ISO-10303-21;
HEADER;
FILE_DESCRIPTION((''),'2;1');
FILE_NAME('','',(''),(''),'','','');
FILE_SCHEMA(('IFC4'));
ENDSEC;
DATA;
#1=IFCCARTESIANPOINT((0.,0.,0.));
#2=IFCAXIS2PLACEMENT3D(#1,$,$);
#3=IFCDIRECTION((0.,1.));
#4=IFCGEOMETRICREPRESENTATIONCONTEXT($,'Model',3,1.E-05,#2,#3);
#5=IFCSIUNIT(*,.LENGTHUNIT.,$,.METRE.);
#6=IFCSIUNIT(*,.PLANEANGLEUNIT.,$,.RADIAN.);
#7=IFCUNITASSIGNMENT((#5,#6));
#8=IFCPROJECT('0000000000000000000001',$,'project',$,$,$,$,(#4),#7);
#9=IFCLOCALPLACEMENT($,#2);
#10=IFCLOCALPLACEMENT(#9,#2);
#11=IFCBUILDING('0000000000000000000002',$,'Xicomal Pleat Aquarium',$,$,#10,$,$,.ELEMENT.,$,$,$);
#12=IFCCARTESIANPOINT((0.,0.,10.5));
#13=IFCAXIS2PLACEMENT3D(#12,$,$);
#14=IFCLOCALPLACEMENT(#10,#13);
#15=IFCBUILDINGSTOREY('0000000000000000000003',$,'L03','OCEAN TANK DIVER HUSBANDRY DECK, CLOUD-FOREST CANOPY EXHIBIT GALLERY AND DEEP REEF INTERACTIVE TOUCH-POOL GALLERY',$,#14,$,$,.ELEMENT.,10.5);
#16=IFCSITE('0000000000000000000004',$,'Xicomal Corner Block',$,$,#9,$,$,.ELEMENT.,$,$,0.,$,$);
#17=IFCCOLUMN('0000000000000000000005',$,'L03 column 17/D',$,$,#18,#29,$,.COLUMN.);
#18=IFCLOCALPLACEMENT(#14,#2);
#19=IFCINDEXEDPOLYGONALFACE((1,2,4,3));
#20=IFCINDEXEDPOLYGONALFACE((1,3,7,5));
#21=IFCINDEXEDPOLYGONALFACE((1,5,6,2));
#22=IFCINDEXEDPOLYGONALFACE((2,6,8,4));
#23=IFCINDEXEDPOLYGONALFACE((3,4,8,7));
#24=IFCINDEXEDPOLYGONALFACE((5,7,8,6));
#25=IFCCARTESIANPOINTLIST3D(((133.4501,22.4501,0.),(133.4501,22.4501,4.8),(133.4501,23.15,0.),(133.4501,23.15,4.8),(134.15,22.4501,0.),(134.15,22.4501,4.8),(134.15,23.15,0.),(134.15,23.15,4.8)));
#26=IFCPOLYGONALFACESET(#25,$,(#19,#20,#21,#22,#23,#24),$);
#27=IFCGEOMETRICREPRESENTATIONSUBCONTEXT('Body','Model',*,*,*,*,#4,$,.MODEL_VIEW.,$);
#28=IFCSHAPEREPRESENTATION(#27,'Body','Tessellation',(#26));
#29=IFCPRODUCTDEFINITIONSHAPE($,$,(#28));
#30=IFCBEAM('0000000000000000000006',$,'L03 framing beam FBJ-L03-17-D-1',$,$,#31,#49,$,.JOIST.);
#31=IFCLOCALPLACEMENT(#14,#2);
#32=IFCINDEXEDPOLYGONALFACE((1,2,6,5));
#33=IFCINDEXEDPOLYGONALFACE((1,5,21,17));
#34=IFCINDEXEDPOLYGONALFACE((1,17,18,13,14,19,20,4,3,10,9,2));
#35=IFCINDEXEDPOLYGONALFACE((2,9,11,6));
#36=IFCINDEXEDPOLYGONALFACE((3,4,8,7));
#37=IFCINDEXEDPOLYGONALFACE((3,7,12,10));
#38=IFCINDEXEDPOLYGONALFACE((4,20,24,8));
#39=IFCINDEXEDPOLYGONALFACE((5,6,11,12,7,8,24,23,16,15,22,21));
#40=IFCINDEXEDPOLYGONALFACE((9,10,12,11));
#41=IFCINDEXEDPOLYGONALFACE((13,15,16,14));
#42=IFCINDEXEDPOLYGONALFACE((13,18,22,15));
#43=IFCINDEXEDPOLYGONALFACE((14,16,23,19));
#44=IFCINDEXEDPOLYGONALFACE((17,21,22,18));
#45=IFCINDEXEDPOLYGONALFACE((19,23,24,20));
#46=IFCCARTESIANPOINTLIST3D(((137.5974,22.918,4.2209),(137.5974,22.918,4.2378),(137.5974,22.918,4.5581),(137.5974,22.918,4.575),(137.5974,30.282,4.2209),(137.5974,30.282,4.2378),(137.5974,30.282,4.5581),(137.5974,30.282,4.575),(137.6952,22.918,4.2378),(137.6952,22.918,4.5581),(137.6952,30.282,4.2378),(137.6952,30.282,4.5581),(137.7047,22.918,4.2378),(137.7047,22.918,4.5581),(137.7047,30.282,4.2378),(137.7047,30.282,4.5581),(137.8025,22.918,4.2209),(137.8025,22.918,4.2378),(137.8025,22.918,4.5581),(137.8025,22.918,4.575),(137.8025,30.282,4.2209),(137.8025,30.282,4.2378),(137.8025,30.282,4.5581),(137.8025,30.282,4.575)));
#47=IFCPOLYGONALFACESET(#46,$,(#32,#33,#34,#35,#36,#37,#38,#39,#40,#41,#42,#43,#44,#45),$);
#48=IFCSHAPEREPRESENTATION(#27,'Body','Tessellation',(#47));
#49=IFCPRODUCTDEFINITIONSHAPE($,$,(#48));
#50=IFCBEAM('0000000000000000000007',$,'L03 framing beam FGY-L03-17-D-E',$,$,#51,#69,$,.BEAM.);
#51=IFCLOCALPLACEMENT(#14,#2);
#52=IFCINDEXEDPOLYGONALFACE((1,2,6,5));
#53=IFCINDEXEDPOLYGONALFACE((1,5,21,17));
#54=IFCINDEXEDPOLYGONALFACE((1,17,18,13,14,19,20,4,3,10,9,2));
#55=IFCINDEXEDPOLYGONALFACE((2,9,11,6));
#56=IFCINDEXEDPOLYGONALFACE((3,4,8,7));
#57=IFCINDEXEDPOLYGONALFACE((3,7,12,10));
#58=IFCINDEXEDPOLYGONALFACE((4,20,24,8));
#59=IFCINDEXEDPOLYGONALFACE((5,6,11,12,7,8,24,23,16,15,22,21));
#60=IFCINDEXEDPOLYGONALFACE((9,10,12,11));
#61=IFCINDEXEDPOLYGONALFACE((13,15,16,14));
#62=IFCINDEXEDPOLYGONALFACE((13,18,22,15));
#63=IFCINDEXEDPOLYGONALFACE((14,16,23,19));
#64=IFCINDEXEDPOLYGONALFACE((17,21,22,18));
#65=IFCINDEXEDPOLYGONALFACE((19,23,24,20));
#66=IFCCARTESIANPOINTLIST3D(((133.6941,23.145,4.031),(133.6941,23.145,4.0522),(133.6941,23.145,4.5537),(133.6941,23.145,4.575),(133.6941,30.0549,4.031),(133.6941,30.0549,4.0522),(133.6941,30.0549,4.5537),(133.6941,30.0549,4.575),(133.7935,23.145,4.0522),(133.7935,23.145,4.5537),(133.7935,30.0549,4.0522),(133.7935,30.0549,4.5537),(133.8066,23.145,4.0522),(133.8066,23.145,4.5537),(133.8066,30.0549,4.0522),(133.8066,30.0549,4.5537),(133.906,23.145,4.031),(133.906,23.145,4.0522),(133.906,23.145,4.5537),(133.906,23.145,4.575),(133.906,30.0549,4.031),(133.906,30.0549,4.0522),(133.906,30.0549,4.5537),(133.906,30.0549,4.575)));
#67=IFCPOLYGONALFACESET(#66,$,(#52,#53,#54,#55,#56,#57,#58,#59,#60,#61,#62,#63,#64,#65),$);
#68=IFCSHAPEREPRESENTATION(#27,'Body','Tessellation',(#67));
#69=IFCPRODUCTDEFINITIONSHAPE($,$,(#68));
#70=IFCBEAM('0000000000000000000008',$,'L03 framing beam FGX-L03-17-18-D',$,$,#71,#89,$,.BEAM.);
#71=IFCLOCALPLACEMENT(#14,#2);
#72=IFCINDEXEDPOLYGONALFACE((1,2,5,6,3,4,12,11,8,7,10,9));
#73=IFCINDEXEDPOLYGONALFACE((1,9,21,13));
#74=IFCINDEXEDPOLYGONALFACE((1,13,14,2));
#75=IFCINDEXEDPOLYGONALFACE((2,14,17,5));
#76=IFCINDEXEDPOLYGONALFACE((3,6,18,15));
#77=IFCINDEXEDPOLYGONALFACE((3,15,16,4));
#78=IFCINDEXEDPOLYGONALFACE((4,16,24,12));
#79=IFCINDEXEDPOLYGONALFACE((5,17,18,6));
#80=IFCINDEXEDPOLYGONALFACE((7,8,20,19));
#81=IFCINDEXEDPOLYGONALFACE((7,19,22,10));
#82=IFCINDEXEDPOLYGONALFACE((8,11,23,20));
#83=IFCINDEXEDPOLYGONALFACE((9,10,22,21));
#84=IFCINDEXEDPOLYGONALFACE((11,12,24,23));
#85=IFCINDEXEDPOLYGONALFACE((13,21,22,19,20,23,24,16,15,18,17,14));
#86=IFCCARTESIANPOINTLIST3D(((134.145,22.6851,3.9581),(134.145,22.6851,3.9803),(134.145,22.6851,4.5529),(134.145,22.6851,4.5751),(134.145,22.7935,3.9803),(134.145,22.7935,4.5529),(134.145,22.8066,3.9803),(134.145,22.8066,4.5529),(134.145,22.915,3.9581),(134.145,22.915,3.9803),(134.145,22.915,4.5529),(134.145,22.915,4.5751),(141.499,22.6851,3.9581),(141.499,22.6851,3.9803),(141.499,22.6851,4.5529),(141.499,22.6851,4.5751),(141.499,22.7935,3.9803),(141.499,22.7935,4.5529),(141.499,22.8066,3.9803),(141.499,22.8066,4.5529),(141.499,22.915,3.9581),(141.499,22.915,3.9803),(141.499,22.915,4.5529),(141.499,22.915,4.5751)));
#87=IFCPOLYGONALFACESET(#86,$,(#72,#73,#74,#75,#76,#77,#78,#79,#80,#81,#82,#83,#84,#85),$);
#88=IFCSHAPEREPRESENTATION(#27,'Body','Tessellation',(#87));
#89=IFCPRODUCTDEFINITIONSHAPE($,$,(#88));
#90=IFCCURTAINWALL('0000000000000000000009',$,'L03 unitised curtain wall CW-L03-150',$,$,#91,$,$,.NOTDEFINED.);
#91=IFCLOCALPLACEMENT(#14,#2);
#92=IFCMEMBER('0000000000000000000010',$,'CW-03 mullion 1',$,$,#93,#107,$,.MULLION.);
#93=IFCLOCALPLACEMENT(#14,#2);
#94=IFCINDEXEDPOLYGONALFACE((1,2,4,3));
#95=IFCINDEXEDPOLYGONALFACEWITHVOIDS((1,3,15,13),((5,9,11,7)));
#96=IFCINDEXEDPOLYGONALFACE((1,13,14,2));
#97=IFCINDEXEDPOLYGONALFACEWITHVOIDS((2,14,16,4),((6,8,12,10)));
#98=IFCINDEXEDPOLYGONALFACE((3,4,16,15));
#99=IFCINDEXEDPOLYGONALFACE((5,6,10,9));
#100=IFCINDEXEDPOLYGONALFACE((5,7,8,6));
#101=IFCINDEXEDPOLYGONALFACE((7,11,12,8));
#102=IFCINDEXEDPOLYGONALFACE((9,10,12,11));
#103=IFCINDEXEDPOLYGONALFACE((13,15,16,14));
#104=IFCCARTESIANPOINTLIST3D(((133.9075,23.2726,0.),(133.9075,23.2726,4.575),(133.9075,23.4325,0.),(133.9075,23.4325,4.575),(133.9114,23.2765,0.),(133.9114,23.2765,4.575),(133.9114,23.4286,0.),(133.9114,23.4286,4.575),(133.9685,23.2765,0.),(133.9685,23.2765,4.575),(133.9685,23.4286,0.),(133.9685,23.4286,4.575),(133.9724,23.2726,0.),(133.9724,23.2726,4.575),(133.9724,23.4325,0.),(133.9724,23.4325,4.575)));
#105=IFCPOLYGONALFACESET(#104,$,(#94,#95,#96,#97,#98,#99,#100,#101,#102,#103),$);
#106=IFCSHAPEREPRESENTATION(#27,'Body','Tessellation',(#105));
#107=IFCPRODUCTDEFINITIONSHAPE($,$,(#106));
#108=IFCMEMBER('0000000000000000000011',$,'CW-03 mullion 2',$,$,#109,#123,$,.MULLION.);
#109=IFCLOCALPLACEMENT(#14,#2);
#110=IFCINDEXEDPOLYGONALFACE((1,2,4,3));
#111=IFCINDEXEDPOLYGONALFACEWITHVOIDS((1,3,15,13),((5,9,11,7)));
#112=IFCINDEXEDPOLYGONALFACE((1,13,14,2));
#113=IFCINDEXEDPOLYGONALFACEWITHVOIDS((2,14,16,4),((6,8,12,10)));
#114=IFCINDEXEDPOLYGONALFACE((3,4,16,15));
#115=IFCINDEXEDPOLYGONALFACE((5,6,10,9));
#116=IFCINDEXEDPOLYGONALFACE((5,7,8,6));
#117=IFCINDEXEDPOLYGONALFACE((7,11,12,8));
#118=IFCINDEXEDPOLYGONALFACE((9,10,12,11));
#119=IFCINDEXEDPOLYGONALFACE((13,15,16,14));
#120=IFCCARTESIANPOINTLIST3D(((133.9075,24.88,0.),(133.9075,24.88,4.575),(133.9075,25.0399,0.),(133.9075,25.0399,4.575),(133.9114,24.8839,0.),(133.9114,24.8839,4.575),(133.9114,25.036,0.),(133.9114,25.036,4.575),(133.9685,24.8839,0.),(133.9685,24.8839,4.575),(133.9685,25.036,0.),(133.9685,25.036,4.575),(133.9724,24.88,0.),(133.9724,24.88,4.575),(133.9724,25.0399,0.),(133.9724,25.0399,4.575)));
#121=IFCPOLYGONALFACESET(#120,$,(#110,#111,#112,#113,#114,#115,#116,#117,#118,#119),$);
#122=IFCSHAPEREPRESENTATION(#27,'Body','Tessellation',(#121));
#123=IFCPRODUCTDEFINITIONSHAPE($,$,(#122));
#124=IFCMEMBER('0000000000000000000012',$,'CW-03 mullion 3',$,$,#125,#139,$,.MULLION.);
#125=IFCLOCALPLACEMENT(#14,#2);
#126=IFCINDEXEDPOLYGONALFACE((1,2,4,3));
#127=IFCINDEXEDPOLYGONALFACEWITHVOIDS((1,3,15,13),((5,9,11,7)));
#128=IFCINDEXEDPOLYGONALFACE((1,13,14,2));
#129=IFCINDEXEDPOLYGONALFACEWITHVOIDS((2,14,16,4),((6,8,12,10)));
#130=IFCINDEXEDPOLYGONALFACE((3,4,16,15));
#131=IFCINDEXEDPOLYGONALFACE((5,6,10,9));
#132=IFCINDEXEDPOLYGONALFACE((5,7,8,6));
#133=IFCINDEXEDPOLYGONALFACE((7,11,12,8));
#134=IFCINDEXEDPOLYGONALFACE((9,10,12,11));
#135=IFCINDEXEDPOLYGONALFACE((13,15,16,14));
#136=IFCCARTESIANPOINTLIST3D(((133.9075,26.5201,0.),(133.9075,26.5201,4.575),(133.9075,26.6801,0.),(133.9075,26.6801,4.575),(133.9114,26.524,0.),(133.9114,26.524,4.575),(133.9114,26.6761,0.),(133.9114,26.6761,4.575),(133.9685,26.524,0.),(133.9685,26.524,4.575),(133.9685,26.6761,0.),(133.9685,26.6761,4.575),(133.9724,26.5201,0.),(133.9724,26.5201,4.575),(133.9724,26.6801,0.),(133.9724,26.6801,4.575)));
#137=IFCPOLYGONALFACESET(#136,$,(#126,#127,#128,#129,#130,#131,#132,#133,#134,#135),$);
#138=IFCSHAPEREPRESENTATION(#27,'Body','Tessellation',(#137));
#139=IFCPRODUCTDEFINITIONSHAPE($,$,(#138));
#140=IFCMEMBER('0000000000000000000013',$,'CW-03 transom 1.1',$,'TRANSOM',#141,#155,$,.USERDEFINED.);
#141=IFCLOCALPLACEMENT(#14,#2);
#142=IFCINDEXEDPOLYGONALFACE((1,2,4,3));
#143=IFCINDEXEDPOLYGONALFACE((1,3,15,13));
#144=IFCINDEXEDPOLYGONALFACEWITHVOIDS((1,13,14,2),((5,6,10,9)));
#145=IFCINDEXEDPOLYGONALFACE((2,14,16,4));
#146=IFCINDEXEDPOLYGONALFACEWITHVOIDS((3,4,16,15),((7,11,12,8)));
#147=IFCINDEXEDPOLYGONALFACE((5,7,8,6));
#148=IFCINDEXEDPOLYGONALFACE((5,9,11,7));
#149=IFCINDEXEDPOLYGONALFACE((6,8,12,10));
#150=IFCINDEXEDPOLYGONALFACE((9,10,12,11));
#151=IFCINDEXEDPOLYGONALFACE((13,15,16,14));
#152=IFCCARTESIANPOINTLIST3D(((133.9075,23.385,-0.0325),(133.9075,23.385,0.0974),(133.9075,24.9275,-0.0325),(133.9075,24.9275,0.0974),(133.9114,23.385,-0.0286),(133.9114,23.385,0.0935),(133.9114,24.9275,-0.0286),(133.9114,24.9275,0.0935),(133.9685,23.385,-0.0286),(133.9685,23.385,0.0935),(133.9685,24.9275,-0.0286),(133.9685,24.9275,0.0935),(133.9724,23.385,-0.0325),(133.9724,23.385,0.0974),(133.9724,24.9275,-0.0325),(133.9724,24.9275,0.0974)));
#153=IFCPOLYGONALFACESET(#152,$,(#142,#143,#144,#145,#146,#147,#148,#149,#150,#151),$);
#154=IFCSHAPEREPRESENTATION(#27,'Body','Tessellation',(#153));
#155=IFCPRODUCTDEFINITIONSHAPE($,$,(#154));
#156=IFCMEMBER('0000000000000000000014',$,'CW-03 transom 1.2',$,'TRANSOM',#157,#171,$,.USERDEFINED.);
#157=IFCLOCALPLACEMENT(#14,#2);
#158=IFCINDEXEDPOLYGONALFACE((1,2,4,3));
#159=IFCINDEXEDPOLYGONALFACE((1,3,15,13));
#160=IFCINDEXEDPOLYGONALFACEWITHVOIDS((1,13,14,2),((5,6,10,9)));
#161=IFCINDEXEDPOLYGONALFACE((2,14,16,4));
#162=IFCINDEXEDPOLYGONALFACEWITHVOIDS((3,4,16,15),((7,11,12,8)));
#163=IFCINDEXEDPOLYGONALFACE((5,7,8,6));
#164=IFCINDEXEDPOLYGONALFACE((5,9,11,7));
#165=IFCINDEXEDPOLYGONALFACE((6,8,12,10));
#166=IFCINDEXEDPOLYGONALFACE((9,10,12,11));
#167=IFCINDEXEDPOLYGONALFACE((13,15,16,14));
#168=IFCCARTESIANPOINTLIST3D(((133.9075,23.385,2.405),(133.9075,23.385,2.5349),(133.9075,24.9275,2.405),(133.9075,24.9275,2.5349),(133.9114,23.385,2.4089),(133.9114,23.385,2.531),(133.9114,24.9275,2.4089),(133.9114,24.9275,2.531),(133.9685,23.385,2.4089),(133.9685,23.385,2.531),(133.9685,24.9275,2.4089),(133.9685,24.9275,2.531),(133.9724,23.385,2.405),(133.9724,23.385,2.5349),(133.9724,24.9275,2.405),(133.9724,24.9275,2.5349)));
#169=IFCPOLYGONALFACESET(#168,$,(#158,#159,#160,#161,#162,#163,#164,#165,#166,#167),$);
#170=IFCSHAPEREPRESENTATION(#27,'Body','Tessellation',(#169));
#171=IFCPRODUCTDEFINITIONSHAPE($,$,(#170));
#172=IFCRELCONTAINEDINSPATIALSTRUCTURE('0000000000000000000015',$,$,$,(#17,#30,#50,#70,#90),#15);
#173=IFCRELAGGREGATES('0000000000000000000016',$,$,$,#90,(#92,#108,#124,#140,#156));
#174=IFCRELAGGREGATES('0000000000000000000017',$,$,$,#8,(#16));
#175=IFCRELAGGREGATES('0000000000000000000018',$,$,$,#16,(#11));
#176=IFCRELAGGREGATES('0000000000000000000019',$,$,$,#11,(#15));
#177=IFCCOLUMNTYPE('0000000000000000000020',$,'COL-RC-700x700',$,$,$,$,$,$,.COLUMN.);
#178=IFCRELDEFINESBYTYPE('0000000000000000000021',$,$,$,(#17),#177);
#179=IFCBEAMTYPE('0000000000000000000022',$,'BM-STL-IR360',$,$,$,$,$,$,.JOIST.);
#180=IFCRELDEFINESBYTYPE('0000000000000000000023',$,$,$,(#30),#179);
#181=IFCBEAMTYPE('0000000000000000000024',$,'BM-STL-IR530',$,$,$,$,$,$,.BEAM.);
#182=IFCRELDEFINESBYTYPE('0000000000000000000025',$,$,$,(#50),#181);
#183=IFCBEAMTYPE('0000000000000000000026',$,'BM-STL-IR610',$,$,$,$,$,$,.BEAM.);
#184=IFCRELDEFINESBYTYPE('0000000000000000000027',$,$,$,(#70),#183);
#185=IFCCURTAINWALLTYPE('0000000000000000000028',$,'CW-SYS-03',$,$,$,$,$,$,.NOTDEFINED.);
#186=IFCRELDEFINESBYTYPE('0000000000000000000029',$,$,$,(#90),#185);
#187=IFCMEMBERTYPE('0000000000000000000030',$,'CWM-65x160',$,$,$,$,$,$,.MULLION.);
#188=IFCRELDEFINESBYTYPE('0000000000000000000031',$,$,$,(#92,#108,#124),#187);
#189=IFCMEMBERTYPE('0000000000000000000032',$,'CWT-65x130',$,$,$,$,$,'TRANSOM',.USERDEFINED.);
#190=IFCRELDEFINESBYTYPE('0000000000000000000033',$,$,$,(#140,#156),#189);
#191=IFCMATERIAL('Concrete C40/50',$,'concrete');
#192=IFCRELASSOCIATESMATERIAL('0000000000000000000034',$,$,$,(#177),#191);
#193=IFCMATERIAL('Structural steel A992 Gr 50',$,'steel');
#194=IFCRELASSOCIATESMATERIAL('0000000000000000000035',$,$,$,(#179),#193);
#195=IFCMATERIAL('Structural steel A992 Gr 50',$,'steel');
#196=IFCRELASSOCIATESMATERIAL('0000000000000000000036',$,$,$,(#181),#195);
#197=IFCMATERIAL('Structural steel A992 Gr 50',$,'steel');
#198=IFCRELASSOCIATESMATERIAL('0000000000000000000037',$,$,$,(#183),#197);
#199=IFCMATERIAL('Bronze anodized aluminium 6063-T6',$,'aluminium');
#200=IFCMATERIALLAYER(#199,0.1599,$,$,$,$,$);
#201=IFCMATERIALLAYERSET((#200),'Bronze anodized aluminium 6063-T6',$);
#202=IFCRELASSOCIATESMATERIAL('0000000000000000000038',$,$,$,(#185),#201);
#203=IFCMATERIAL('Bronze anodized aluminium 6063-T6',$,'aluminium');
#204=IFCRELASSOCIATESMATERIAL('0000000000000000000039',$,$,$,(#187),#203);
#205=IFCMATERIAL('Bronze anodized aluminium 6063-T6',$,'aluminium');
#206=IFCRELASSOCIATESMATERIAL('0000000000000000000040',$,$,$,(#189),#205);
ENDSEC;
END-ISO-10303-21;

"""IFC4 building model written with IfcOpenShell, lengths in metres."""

from ifc_helpers import new_model, si_unit, direction, frame, origin, origin_2d, place, context, subcontext, project, spatial, rectangle, hollow_rectangle, i_section, extrude, material, layer, layer_set, material_profile, profile_set, type_object, element, aggregate, save


model = new_model("IFC4")

# Units and contexts
model_context = context("Model", 3, precision=1e-05, world=origin(), true_north=direction((0.0, 1.0)))
body_context = subcontext(model_context, "Body", "Model", "MODEL_VIEW")
ifc_project = project(units=[si_unit("LENGTHUNIT", "METRE"), si_unit("PLANEANGLEUNIT", "RADIAN")], contexts=[model_context])

# Site, building, storey
site_placement = place(None, origin())
site = spatial("IfcSite", under=ifc_project, at=site_placement, Name="Xicomal Corner Block", CompositionType="ELEMENT", RefElevation=0.0)
building_placement = place(site_placement, origin())
building = spatial("IfcBuilding", under=site, at=building_placement, Name="Xicomal Pleat Aquarium", CompositionType="ELEMENT")
storey_placement = place(building_placement, frame((0.0, 0.0, 10.5)))
storey = spatial("IfcBuildingStorey", under=building, at=storey_placement, Name="L03", Description="OCEAN TANK DIVER HUSBANDRY DECK, CLOUD-FOREST CANOPY EXHIBIT GALLERY AND DEEP REEF INTERACTIVE TOUCH-POOL GALLERY", CompositionType="ELEMENT", Elevation=10.5)

# Column
ifc_material_1 = material(Name="Concrete C40/50", Category="concrete")
ifc_material_profile_1 = material_profile(ifc_material_1, rectangle(XDim=0.7, YDim=0.7, at=origin_2d()), Name="RC 700x700")
ifc_profile_set_1 = profile_set([ifc_material_profile_1], Name="Concrete C40/50")
column_type = type_object("IfcColumnType", Name="COL-RC-700x700", PredefinedType="COLUMN", material=ifc_profile_set_1)
column_placement = place(storey_placement, frame((133.8, 22.8, 0.0), z_axis=(0.0, 0.0, 1.0), x_axis=(1.0, 0.0, 0.0)))
element("IfcColumn", 1, at=column_placement, inside=storey, type_object=column_type, Name="L03 column 17/D", PredefinedType="COLUMN", context=body_context, shape_type="SweptSolid", body=[
    extrude(rectangle(XDim=0.7, YDim=0.7, at=origin_2d()), origin(), (0.0, 0.0, 1.0), 4.8),
])

# Beams
ifc_material_2 = material(Name="Structural steel A992 Gr 50", Category="steel")
ifc_material_profile_2 = material_profile(ifc_material_2, i_section(OverallWidth=0.2051, OverallDepth=0.354, WebThickness=0.0095, FlangeThickness=0.0168, at=origin_2d()), Name="IR 360x79")
ifc_profile_set_2 = profile_set([ifc_material_profile_2], Name="Structural steel A992 Gr 50")
beam_type_1 = type_object("IfcBeamType", Name="BM-STL-IR360", PredefinedType="JOIST", material=ifc_profile_set_2)
beam_1_placement = place(storey_placement, frame((137.7, 22.918, 4.3979), z_axis=(0.0, 1.0, 0.0), x_axis=(-1.0, 0.0, 0.0)))
element("IfcBeam", 2, at=beam_1_placement, inside=storey, type_object=beam_type_1, Name="L03 framing beam FBJ-L03-17-D-1", PredefinedType="JOIST", context=body_context, shape_type="SweptSolid", body=[
    extrude(i_section(OverallWidth=0.2051, OverallDepth=0.354, WebThickness=0.0095, FlangeThickness=0.0168, at=origin_2d()), origin(), (0.0, 0.0, 1.0), 7.364),
])
ifc_material_3 = material(Name="Structural steel A992 Gr 50", Category="steel")
ifc_material_profile_3 = material_profile(ifc_material_3, i_section(OverallWidth=0.2119, OverallDepth=0.5439, WebThickness=0.0132, FlangeThickness=0.0212, at=origin_2d()), Name="IR 530x123")
ifc_profile_set_3 = profile_set([ifc_material_profile_3], Name="Structural steel A992 Gr 50")
beam_type_2 = type_object("IfcBeamType", Name="BM-STL-IR530", PredefinedType="BEAM", material=ifc_profile_set_3)
beam_2_placement = place(storey_placement, frame((133.8, 23.145, 4.303), z_axis=(0.0, 1.0, 0.0), x_axis=(-1.0, 0.0, 0.0)))
element("IfcBeam", 3, at=beam_2_placement, inside=storey, type_object=beam_type_2, Name="L03 framing beam FGY-L03-17-D-E", PredefinedType="BEAM", context=body_context, shape_type="SweptSolid", body=[
    extrude(i_section(OverallWidth=0.2119, OverallDepth=0.5439, WebThickness=0.0132, FlangeThickness=0.0212, at=origin_2d()), origin(), (0.0, 0.0, 1.0), 6.9099),
])
ifc_material_4 = material(Name="Structural steel A992 Gr 50", Category="steel")
ifc_material_profile_4 = material_profile(ifc_material_4, i_section(OverallWidth=0.23, OverallDepth=0.6169, WebThickness=0.0132, FlangeThickness=0.0222, at=origin_2d()), Name="IR 610x140")
ifc_profile_set_4 = profile_set([ifc_material_profile_4], Name="Structural steel A992 Gr 50")
beam_type_3 = type_object("IfcBeamType", Name="BM-STL-IR610", PredefinedType="BEAM", material=ifc_profile_set_4)
beam_3_placement = place(storey_placement, frame((134.145, 22.8, 4.2666), z_axis=(1.0, 0.0, 0.0), x_axis=(0.0, 1.0, 0.0)))
element("IfcBeam", 4, at=beam_3_placement, inside=storey, type_object=beam_type_3, Name="L03 framing beam FGX-L03-17-18-D", PredefinedType="BEAM", context=body_context, shape_type="SweptSolid", body=[
    extrude(i_section(OverallWidth=0.23, OverallDepth=0.6169, WebThickness=0.0132, FlangeThickness=0.0222, at=origin_2d()), origin(), (0.0, 0.0, 1.0), 7.354),
])

# Curtain wall, members
ifc_material_5 = material(Name="Bronze anodized aluminium 6063-T6", Category="aluminium")
ifc_layer_1 = layer(ifc_material_5, 0.1599)
ifc_layer_set_1 = layer_set([ifc_layer_1], Name="Bronze anodized aluminium 6063-T6")
curtain_wall_type = type_object("IfcCurtainWallType", Name="CW-SYS-03", PredefinedType="NOTDEFINED", material=ifc_layer_set_1)
curtain_wall_placement = place(storey_placement, origin())
curtain_wall = element("IfcCurtainWall", 5, at=curtain_wall_placement, inside=storey, type_object=curtain_wall_type, Name="L03 unitised curtain wall CW-L03-150", PredefinedType="NOTDEFINED")
ifc_material_6 = material(Name="Bronze anodized aluminium 6063-T6", Category="aluminium")
ifc_material_profile_5 = material_profile(ifc_material_6, hollow_rectangle(XDim=0.0649, YDim=0.1599, WallThickness=0.0039, at=origin_2d()), Name="ALU MULL 65x160")
ifc_profile_set_5 = profile_set([ifc_material_profile_5], Name="Bronze anodized aluminium 6063-T6")
member_type_1 = type_object("IfcMemberType", Name="CWM-65x160", PredefinedType="MULLION", material=ifc_profile_set_5)
member_1_placement = place(storey_placement, frame((133.9399, 23.3525, 0.0), z_axis=(0.0, 0.0, 1.0), x_axis=(-1.0, 0.0, 0.0)))
member_1 = element("IfcMember", 6, at=member_1_placement, type_object=member_type_1, Name="CW-03 mullion 1", PredefinedType="MULLION", context=body_context, shape_type="SweptSolid", body=[
    extrude(hollow_rectangle(XDim=0.0649, YDim=0.1599, WallThickness=0.0039, at=origin_2d()), origin(), (0.0, 0.0, 1.0), 4.575),
])
member_2_placement = place(storey_placement, frame((133.9399, 24.96, 0.0), z_axis=(0.0, 0.0, 1.0), x_axis=(-1.0, 0.0, 0.0)))
member_2 = element("IfcMember", 7, at=member_2_placement, type_object=member_type_1, Name="CW-03 mullion 2", PredefinedType="MULLION", context=body_context, shape_type="SweptSolid", body=[
    extrude(hollow_rectangle(XDim=0.0649, YDim=0.1599, WallThickness=0.0039, at=origin_2d()), origin(), (0.0, 0.0, 1.0), 4.575),
])
member_3_placement = place(storey_placement, frame((133.9399, 26.6001, 0.0), z_axis=(0.0, 0.0, 1.0), x_axis=(-1.0, 0.0, 0.0)))
member_3 = element("IfcMember", 8, at=member_3_placement, type_object=member_type_1, Name="CW-03 mullion 3", PredefinedType="MULLION", context=body_context, shape_type="SweptSolid", body=[
    extrude(hollow_rectangle(XDim=0.0649, YDim=0.1599, WallThickness=0.0039, at=origin_2d()), origin(), (0.0, 0.0, 1.0), 4.575),
])
ifc_material_7 = material(Name="Bronze anodized aluminium 6063-T6", Category="aluminium")
ifc_material_profile_6 = material_profile(ifc_material_7, hollow_rectangle(XDim=0.0649, YDim=0.1299, WallThickness=0.0039, at=origin_2d()), Name="ALU TRAN 65x130")
ifc_profile_set_6 = profile_set([ifc_material_profile_6], Name="Bronze anodized aluminium 6063-T6")
member_type_2 = type_object("IfcMemberType", Name="CWT-65x130", ElementType="TRANSOM", PredefinedType="USERDEFINED", material=ifc_profile_set_6)
member_4_placement = place(storey_placement, frame((133.9399, 23.385, 0.0325), z_axis=(0.0, 1.0, 0.0), x_axis=(-1.0, 0.0, 0.0)))
member_4 = element("IfcMember", 9, at=member_4_placement, type_object=member_type_2, Name="CW-03 transom 1.1", ObjectType="TRANSOM", PredefinedType="USERDEFINED", context=body_context, shape_type="SweptSolid", body=[
    extrude(hollow_rectangle(XDim=0.0649, YDim=0.1299, WallThickness=0.0039, at=origin_2d()), origin(), (0.0, 0.0, 1.0), 1.5425),
])
member_5_placement = place(storey_placement, frame((133.9399, 23.385, 2.47), z_axis=(0.0, 1.0, 0.0), x_axis=(-1.0, 0.0, 0.0)))
member_5 = element("IfcMember", 10, at=member_5_placement, type_object=member_type_2, Name="CW-03 transom 1.2", ObjectType="TRANSOM", PredefinedType="USERDEFINED", context=body_context, shape_type="SweptSolid", body=[
    extrude(hollow_rectangle(XDim=0.0649, YDim=0.1299, WallThickness=0.0039, at=origin_2d()), origin(), (0.0, 0.0, 1.0), 1.5425),
])
aggregate(curtain_wall, [member_1, member_2, member_3, member_4, member_5])

save(model, "model.ifc")
